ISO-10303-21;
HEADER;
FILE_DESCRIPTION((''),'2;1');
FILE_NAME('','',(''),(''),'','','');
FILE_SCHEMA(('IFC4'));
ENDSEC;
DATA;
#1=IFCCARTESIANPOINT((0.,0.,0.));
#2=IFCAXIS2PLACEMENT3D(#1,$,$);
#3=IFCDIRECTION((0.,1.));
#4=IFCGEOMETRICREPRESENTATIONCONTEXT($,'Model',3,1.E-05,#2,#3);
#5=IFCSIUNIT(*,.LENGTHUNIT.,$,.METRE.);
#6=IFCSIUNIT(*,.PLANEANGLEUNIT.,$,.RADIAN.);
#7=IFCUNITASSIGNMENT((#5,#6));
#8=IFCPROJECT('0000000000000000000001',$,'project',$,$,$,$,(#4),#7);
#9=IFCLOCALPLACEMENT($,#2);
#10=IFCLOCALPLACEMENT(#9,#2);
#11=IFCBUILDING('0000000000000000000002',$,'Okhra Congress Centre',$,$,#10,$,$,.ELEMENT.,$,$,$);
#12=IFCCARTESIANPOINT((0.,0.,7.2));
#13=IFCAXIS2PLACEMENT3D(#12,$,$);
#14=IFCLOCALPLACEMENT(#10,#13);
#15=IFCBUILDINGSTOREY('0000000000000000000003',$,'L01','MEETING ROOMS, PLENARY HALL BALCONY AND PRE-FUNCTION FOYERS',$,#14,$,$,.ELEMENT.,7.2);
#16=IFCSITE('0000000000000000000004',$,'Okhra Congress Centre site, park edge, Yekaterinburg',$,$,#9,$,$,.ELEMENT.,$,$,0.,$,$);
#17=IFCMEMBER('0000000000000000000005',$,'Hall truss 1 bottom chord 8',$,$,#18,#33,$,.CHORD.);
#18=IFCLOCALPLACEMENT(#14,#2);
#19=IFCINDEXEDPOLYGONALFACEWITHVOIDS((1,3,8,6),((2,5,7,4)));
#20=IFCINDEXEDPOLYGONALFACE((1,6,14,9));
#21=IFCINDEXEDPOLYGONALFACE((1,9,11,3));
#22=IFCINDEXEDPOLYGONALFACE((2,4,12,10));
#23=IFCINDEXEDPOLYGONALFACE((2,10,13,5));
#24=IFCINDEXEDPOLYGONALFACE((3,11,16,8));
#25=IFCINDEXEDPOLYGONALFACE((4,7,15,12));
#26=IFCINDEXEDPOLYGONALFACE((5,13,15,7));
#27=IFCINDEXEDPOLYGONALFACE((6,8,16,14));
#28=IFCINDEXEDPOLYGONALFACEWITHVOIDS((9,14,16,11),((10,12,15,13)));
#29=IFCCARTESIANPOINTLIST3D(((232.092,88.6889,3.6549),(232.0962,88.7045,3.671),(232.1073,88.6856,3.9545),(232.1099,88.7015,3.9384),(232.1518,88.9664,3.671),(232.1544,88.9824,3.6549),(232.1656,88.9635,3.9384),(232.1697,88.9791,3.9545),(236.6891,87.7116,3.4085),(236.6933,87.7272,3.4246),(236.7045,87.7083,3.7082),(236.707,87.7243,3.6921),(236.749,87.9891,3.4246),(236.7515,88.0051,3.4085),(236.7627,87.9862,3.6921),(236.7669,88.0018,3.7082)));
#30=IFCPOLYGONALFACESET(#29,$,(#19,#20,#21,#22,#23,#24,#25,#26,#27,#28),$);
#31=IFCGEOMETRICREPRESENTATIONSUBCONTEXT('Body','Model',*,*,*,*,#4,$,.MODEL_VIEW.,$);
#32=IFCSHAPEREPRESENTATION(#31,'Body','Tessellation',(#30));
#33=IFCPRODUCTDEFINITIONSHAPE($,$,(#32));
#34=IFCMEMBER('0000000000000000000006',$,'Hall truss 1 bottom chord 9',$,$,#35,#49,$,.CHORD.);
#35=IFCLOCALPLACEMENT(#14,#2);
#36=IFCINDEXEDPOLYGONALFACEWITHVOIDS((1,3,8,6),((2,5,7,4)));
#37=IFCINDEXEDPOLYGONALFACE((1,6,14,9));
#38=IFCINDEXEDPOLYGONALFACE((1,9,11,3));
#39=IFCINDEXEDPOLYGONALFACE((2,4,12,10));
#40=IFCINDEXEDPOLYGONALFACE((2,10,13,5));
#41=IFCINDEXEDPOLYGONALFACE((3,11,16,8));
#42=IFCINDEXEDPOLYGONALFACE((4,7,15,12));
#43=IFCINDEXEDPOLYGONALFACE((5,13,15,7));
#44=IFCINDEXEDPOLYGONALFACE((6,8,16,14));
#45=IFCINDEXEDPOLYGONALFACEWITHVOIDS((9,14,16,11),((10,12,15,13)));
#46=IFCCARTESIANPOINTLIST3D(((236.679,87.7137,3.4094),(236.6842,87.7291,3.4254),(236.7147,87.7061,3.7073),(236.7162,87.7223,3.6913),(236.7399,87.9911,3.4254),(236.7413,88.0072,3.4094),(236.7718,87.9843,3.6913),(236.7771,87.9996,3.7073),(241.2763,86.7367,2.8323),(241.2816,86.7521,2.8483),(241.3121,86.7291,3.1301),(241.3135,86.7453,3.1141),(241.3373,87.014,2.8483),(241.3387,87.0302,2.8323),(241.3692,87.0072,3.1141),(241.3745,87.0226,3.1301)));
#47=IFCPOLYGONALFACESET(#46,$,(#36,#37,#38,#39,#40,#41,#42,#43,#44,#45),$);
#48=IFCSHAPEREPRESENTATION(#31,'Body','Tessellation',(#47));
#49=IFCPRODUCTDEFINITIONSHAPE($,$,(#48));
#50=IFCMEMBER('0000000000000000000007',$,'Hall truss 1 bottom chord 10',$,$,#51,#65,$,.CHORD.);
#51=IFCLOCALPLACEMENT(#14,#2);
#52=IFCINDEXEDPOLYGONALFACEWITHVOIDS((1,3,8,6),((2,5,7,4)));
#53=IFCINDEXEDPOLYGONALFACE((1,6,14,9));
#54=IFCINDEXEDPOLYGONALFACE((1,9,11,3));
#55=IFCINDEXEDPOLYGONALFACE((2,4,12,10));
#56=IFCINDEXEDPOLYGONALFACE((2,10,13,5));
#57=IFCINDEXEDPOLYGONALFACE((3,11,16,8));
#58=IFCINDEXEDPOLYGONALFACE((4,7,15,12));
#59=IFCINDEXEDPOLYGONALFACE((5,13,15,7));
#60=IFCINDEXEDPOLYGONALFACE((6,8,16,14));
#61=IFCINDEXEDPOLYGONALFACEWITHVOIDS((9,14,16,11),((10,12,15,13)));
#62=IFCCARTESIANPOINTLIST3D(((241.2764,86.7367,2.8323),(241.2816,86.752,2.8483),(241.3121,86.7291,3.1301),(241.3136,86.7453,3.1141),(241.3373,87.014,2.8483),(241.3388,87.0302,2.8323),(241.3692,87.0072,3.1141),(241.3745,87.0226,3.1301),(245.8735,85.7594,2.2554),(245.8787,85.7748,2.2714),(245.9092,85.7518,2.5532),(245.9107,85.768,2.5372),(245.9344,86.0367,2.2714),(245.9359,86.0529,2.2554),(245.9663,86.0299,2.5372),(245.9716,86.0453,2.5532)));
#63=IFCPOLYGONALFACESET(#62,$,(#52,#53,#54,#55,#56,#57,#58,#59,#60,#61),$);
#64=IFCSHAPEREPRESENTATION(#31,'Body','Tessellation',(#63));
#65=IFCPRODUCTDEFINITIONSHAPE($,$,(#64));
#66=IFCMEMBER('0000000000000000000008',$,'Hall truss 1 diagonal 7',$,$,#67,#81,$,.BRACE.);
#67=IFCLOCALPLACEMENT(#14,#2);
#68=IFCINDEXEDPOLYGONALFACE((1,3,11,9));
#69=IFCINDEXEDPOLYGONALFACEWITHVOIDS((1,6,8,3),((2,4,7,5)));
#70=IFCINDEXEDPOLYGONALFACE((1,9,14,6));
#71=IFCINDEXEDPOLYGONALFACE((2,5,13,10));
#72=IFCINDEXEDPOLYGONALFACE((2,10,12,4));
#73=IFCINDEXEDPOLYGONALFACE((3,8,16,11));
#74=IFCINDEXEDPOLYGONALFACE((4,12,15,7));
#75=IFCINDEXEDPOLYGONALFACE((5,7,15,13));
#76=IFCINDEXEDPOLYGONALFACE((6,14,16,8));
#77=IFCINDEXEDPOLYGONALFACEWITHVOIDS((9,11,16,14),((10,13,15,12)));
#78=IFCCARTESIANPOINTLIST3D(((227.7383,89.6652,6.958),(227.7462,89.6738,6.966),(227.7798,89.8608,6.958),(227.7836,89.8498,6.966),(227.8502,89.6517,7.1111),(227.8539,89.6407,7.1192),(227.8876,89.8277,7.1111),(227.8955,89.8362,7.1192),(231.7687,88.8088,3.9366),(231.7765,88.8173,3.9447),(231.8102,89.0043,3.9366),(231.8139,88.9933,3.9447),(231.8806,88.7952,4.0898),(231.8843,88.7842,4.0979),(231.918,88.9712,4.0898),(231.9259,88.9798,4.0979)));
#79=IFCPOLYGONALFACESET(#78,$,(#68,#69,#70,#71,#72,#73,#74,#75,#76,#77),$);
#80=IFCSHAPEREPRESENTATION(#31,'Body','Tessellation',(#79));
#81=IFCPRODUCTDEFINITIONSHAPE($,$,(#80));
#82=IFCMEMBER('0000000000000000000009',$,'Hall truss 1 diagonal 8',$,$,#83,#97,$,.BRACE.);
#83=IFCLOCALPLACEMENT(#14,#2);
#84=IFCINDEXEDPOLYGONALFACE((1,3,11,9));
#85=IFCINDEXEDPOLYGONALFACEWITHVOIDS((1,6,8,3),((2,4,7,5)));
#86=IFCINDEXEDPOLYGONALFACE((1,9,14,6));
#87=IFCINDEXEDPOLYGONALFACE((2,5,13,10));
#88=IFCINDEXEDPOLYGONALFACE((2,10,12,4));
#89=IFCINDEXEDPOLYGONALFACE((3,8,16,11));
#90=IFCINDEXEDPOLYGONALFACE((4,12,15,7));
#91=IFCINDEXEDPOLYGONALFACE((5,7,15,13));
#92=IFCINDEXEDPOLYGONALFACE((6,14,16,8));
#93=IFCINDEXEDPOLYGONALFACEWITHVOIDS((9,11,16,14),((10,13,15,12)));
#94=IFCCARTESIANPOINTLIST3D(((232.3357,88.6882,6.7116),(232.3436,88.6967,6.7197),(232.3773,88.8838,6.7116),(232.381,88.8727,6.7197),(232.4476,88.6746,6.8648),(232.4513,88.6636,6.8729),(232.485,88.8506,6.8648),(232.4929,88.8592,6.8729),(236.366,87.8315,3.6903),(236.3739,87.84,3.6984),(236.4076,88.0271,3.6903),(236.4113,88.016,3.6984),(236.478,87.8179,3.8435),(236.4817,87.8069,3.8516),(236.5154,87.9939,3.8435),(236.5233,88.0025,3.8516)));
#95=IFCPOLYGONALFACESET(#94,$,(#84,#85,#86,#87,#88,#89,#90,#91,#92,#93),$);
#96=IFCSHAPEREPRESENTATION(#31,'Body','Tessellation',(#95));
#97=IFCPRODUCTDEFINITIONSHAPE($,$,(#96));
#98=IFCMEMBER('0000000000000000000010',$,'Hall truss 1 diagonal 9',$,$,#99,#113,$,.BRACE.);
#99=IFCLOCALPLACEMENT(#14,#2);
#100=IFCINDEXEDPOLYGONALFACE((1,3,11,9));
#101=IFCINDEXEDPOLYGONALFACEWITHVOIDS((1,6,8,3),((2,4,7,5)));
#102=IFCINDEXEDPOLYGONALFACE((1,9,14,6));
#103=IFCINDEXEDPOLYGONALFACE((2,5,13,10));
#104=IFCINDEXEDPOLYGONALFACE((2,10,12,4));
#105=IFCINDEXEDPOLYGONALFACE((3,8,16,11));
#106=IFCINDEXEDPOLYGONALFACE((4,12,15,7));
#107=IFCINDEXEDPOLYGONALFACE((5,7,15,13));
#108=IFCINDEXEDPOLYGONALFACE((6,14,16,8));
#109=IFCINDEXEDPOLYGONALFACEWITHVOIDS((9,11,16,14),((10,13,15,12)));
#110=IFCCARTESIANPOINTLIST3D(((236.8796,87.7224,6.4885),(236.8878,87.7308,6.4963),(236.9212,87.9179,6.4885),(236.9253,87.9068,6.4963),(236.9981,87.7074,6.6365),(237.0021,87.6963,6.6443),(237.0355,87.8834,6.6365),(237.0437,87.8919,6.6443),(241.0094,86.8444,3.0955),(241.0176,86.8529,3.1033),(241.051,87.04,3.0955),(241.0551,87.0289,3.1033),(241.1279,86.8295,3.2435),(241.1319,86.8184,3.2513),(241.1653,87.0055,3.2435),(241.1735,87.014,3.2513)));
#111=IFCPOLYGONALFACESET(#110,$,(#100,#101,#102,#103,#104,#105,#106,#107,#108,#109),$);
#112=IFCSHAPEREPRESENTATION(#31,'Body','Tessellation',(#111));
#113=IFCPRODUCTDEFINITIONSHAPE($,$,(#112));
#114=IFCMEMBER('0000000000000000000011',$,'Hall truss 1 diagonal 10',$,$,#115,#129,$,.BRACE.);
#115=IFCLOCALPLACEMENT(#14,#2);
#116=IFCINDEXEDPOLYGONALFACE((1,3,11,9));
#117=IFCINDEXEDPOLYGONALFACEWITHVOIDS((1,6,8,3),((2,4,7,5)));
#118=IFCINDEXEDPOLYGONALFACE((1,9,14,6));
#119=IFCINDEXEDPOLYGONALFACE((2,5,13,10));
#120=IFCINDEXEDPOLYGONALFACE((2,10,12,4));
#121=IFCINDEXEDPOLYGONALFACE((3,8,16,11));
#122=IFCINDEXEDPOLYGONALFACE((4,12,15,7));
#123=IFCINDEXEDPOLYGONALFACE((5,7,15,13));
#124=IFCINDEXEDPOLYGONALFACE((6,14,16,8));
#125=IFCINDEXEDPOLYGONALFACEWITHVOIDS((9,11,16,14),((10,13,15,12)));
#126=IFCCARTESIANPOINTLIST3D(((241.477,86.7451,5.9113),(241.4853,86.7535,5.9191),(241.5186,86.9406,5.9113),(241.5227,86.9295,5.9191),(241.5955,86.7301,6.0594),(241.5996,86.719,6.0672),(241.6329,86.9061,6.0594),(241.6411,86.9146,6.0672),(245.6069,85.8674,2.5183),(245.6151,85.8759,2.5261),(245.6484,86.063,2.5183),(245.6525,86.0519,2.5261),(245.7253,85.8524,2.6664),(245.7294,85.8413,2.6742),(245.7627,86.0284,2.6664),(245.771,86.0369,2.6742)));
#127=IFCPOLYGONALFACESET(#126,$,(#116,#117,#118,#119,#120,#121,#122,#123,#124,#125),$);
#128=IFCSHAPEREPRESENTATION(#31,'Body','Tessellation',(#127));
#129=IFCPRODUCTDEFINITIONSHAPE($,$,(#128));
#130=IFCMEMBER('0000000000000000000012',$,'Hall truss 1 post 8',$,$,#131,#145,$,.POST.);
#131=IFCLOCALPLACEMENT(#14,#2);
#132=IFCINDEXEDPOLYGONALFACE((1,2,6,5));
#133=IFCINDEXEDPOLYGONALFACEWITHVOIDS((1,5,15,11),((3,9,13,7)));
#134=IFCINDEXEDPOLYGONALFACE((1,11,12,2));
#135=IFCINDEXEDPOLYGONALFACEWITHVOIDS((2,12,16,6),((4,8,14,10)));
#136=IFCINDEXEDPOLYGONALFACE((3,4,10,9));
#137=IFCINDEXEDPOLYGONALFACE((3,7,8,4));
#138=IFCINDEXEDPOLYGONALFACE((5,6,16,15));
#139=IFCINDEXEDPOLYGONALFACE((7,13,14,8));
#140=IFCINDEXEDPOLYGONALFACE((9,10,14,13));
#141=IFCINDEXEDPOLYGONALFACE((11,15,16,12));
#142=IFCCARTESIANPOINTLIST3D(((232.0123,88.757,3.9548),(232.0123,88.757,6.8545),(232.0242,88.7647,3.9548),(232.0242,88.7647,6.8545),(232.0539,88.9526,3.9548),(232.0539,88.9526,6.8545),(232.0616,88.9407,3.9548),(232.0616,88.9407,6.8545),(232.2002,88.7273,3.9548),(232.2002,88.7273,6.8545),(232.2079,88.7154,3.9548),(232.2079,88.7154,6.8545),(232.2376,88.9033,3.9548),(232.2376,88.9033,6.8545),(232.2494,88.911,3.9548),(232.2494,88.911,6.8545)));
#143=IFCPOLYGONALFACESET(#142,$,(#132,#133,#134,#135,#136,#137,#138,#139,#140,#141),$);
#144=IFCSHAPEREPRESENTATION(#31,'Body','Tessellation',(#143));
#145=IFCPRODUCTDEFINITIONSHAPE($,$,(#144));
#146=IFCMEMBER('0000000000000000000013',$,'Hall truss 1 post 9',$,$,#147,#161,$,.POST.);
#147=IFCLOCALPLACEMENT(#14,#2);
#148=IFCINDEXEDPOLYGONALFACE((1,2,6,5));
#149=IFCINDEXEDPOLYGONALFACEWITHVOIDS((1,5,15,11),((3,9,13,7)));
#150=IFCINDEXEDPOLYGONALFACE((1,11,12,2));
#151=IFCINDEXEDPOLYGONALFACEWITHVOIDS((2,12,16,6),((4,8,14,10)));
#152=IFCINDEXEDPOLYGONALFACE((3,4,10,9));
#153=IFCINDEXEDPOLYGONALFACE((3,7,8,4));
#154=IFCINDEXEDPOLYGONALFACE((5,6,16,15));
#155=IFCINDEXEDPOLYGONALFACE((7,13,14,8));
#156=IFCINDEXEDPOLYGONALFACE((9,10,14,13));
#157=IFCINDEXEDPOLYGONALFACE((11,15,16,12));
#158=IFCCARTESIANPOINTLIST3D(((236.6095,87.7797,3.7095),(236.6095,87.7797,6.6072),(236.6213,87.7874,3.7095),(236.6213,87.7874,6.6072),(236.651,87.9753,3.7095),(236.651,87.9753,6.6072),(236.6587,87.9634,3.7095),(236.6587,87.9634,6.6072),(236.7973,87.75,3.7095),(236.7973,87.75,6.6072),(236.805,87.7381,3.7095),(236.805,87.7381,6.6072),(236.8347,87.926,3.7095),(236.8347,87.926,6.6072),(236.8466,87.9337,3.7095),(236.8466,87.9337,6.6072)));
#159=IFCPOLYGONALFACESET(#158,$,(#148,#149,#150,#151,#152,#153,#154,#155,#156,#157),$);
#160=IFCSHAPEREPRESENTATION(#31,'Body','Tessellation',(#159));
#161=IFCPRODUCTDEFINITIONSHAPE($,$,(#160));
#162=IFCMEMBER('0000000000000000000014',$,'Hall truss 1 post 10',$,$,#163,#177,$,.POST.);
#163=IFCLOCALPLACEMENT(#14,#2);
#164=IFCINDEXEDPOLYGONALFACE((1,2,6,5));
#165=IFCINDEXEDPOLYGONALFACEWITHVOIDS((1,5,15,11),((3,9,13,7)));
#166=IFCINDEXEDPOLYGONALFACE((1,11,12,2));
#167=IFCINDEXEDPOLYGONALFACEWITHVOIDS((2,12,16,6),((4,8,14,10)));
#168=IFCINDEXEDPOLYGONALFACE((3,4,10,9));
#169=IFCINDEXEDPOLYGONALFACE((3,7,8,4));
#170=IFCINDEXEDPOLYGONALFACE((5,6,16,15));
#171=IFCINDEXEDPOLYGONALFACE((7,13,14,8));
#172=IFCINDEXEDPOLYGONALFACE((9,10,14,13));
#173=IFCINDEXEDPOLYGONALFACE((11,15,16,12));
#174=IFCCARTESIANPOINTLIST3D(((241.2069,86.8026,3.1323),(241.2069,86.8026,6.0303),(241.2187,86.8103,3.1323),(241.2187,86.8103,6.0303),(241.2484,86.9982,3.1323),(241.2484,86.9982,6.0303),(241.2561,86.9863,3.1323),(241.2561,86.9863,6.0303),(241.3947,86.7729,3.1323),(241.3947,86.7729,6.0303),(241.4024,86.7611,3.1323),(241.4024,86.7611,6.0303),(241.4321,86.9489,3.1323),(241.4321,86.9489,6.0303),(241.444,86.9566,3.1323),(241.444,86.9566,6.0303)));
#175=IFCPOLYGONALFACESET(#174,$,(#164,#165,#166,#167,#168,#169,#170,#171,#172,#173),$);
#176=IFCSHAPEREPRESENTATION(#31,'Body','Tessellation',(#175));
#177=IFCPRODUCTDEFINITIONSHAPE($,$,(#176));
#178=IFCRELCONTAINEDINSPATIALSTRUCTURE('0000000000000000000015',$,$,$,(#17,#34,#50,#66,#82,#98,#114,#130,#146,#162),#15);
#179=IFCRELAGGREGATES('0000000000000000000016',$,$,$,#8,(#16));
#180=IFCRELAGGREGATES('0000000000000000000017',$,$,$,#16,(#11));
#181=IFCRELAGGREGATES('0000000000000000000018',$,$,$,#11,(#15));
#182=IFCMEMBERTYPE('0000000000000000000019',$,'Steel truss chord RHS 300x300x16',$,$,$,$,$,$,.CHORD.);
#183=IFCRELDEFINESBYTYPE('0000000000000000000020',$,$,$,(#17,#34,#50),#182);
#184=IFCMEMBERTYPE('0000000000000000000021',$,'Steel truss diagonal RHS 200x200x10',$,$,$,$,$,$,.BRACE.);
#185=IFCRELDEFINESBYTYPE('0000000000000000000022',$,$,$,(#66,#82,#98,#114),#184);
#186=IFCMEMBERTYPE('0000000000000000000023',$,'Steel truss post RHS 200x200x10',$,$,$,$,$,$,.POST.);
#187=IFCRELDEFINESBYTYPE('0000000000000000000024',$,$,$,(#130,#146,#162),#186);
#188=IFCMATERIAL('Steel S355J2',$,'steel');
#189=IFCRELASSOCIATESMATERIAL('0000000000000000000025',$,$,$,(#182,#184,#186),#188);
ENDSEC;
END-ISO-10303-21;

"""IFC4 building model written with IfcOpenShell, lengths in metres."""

from ifc_helpers import new_model, si_unit, direction, frame, origin, origin_2d, place, context, subcontext, project, spatial, hollow_rectangle, extrude, material, material_profile, profile_set, type_object, element, save


model = new_model("IFC4")

# Units and contexts
model_context = context("Model", 3, precision=1e-05, world=origin(), true_north=direction((0.0, 1.0)))
body_context = subcontext(model_context, "Body", "Model", "MODEL_VIEW")
ifc_project = project(units=[si_unit("LENGTHUNIT", "METRE"), si_unit("PLANEANGLEUNIT", "RADIAN")], contexts=[model_context])

# Site, building, storey
site_placement = place(None, origin())
site = spatial("IfcSite", under=ifc_project, at=site_placement, Name="Okhra Congress Centre site, park edge, Yekaterinburg", CompositionType="ELEMENT", RefElevation=0.0)
building_placement = place(site_placement, origin())
building = spatial("IfcBuilding", under=site, at=building_placement, Name="Okhra Congress Centre", CompositionType="ELEMENT")
storey_placement = place(building_placement, frame((0.0, 0.0, 7.2)))
storey = spatial("IfcBuildingStorey", under=building, at=storey_placement, Name="L01", Description="MEETING ROOMS, PLENARY HALL BALCONY AND PRE-FUNCTION FOYERS", CompositionType="ELEMENT", Elevation=7.2)

# Members
ifc_material_1 = material(Name="Steel S355J2", Category="steel")
ifc_material_profile_1 = material_profile(ifc_material_1, hollow_rectangle(XDim=0.3, YDim=0.3, WallThickness=0.0161, at=origin_2d()), Name="RHS 300x300x16")
ifc_profile_set_1 = profile_set([ifc_material_profile_1], Name="Steel S355J2")
member_type_1 = type_object("IfcMemberType", Name="Steel truss chord RHS 300x300x16", PredefinedType="CHORD", material=ifc_profile_set_1)
member_1_placement = place(storey_placement, frame((232.1309, 88.834, 3.8047), z_axis=(0.976801, -0.207654, -0.052342), x_axis=(0.20794, 0.978142, 0.0)))
element("IfcMember", 1, at=member_1_placement, inside=storey, type_object=member_type_1, Name="Hall truss 1 bottom chord 8", PredefinedType="CHORD", context=body_context, shape_type="SweptSolid", body=[
    extrude(hollow_rectangle(XDim=0.3, YDim=0.3, WallThickness=0.0161, at=origin_2d()), origin(), (0.0, 0.0, 1.0), 4.7063),
])
member_2_placement = place(storey_placement, frame((236.728, 87.8567, 3.5583), z_axis=(0.970862, -0.206329, -0.12188), x_axis=(0.207879, 0.978154, 0.0)))
element("IfcMember", 2, at=member_2_placement, inside=storey, type_object=member_type_1, Name="Hall truss 1 bottom chord 9", PredefinedType="CHORD", context=body_context, shape_type="SweptSolid", body=[
    extrude(hollow_rectangle(XDim=0.3, YDim=0.3, WallThickness=0.0161, at=origin_2d()), origin(), (0.0, 0.0, 1.0), 4.7354),
])
member_3_placement = place(storey_placement, frame((241.3254, 86.8796, 2.9812), z_axis=(0.970855, -0.20639, -0.121834), x_axis=(0.20794, 0.978142, 0.0)))
element("IfcMember", 3, at=member_3_placement, inside=storey, type_object=member_type_1, Name="Hall truss 1 bottom chord 10", PredefinedType="CHORD", context=body_context, shape_type="SweptSolid", body=[
    extrude(hollow_rectangle(XDim=0.3, YDim=0.3, WallThickness=0.0161, at=origin_2d()), origin(), (0.0, 0.0, 1.0), 4.7351),
])
ifc_material_profile_2 = material_profile(ifc_material_1, hollow_rectangle(XDim=0.2, YDim=0.2, WallThickness=0.01, at=origin_2d()), Name="RHS 200x200x10 diagonal")
ifc_profile_set_2 = profile_set([ifc_material_profile_2], Name="Steel S355J2")
member_type_2 = type_object("IfcMemberType", Name="Steel truss diagonal RHS 200x200x10", PredefinedType="BRACE", material=ifc_profile_set_2)
for number, where, z_axis, x_axis, name in (
    (4, (227.8169, 89.7507, 7.0386), (0.788818, -0.167626, -0.591327), (0.207862, 0.978158, 0.0), "Hall truss 1 diagonal 7"),
    (5, (232.4143, 88.7737, 6.7922), (0.788812, -0.167673, -0.591322), (0.207918, 0.978146, 0.0), "Hall truss 1 diagonal 8"),
):
    element("IfcMember", number, at=place(storey_placement, frame(where, z_axis=z_axis, x_axis=x_axis)), inside=storey, type_object=member_type_2, Name=name, PredefinedType="BRACE", context=body_context, shape_type="SweptSolid", body=[
        extrude(hollow_rectangle(XDim=0.2, YDim=0.2, WallThickness=0.01, at=origin_2d()), origin(), (0.0, 0.0, 1.0), 5.1094),
    ])
for number, where, z_axis, x_axis, name in (
    (6, (236.9617, 87.8071, 6.5664), (0.762449, -0.162081, -0.62642), (0.207933, 0.978143, 0.0), "Hall truss 1 diagonal 9"),
    (7, (241.5591, 86.8298, 5.9893), (0.762454, -0.162037, -0.626424), (0.207878, 0.978155, 0.0), "Hall truss 1 diagonal 10"),
):
    element("IfcMember", number, at=place(storey_placement, frame(where, z_axis=z_axis, x_axis=x_axis)), inside=storey, type_object=member_type_2, Name=name, PredefinedType="BRACE", context=body_context, shape_type="SweptSolid", body=[
        extrude(hollow_rectangle(XDim=0.2, YDim=0.2, WallThickness=0.01, at=origin_2d()), origin(), (0.0, 0.0, 1.0), 5.4165),
    ])
ifc_material_profile_3 = material_profile(ifc_material_1, hollow_rectangle(XDim=0.2, YDim=0.2, WallThickness=0.01, at=origin_2d()), Name="RHS 200x200x10")
ifc_profile_set_3 = profile_set([ifc_material_profile_3], Name="Steel S355J2")
member_type_3 = type_object("IfcMemberType", Name="Steel truss post RHS 200x200x10", PredefinedType="POST", material=ifc_profile_set_3)
member_4_placement = place(storey_placement, frame((232.1309, 88.834, 3.9548), z_axis=(0.0, 0.0, 1.0), x_axis=(0.978148, -0.207912, 0.0)))
element("IfcMember", 8, at=member_4_placement, inside=storey, type_object=member_type_3, Name="Hall truss 1 post 8", PredefinedType="POST", context=body_context, shape_type="SweptSolid", body=[
    extrude(hollow_rectangle(XDim=0.2, YDim=0.2, WallThickness=0.01, at=origin_2d()), origin(), (0.0, 0.0, 1.0), 2.8997),
])
member_5_placement = place(storey_placement, frame((236.728, 87.8567, 3.7095), z_axis=(0.0, 0.0, 1.0), x_axis=(0.978148, -0.207912, 0.0)))
element("IfcMember", 9, at=member_5_placement, inside=storey, type_object=member_type_3, Name="Hall truss 1 post 9", PredefinedType="POST", context=body_context, shape_type="SweptSolid", body=[
    extrude(hollow_rectangle(XDim=0.2, YDim=0.2, WallThickness=0.01, at=origin_2d()), origin(), (0.0, 0.0, 1.0), 2.8977),
])
member_6_placement = place(storey_placement, frame((241.3254, 86.8796, 3.1323), z_axis=(0.0, 0.0, 1.0), x_axis=(0.978148, -0.207912, 0.0)))
element("IfcMember", 10, at=member_6_placement, inside=storey, type_object=member_type_3, Name="Hall truss 1 post 10", PredefinedType="POST", context=body_context, shape_type="SweptSolid", body=[
    extrude(hollow_rectangle(XDim=0.2, YDim=0.2, WallThickness=0.01, at=origin_2d()), origin(), (0.0, 0.0, 1.0), 2.8979),
])

save(model, "model.ifc")
